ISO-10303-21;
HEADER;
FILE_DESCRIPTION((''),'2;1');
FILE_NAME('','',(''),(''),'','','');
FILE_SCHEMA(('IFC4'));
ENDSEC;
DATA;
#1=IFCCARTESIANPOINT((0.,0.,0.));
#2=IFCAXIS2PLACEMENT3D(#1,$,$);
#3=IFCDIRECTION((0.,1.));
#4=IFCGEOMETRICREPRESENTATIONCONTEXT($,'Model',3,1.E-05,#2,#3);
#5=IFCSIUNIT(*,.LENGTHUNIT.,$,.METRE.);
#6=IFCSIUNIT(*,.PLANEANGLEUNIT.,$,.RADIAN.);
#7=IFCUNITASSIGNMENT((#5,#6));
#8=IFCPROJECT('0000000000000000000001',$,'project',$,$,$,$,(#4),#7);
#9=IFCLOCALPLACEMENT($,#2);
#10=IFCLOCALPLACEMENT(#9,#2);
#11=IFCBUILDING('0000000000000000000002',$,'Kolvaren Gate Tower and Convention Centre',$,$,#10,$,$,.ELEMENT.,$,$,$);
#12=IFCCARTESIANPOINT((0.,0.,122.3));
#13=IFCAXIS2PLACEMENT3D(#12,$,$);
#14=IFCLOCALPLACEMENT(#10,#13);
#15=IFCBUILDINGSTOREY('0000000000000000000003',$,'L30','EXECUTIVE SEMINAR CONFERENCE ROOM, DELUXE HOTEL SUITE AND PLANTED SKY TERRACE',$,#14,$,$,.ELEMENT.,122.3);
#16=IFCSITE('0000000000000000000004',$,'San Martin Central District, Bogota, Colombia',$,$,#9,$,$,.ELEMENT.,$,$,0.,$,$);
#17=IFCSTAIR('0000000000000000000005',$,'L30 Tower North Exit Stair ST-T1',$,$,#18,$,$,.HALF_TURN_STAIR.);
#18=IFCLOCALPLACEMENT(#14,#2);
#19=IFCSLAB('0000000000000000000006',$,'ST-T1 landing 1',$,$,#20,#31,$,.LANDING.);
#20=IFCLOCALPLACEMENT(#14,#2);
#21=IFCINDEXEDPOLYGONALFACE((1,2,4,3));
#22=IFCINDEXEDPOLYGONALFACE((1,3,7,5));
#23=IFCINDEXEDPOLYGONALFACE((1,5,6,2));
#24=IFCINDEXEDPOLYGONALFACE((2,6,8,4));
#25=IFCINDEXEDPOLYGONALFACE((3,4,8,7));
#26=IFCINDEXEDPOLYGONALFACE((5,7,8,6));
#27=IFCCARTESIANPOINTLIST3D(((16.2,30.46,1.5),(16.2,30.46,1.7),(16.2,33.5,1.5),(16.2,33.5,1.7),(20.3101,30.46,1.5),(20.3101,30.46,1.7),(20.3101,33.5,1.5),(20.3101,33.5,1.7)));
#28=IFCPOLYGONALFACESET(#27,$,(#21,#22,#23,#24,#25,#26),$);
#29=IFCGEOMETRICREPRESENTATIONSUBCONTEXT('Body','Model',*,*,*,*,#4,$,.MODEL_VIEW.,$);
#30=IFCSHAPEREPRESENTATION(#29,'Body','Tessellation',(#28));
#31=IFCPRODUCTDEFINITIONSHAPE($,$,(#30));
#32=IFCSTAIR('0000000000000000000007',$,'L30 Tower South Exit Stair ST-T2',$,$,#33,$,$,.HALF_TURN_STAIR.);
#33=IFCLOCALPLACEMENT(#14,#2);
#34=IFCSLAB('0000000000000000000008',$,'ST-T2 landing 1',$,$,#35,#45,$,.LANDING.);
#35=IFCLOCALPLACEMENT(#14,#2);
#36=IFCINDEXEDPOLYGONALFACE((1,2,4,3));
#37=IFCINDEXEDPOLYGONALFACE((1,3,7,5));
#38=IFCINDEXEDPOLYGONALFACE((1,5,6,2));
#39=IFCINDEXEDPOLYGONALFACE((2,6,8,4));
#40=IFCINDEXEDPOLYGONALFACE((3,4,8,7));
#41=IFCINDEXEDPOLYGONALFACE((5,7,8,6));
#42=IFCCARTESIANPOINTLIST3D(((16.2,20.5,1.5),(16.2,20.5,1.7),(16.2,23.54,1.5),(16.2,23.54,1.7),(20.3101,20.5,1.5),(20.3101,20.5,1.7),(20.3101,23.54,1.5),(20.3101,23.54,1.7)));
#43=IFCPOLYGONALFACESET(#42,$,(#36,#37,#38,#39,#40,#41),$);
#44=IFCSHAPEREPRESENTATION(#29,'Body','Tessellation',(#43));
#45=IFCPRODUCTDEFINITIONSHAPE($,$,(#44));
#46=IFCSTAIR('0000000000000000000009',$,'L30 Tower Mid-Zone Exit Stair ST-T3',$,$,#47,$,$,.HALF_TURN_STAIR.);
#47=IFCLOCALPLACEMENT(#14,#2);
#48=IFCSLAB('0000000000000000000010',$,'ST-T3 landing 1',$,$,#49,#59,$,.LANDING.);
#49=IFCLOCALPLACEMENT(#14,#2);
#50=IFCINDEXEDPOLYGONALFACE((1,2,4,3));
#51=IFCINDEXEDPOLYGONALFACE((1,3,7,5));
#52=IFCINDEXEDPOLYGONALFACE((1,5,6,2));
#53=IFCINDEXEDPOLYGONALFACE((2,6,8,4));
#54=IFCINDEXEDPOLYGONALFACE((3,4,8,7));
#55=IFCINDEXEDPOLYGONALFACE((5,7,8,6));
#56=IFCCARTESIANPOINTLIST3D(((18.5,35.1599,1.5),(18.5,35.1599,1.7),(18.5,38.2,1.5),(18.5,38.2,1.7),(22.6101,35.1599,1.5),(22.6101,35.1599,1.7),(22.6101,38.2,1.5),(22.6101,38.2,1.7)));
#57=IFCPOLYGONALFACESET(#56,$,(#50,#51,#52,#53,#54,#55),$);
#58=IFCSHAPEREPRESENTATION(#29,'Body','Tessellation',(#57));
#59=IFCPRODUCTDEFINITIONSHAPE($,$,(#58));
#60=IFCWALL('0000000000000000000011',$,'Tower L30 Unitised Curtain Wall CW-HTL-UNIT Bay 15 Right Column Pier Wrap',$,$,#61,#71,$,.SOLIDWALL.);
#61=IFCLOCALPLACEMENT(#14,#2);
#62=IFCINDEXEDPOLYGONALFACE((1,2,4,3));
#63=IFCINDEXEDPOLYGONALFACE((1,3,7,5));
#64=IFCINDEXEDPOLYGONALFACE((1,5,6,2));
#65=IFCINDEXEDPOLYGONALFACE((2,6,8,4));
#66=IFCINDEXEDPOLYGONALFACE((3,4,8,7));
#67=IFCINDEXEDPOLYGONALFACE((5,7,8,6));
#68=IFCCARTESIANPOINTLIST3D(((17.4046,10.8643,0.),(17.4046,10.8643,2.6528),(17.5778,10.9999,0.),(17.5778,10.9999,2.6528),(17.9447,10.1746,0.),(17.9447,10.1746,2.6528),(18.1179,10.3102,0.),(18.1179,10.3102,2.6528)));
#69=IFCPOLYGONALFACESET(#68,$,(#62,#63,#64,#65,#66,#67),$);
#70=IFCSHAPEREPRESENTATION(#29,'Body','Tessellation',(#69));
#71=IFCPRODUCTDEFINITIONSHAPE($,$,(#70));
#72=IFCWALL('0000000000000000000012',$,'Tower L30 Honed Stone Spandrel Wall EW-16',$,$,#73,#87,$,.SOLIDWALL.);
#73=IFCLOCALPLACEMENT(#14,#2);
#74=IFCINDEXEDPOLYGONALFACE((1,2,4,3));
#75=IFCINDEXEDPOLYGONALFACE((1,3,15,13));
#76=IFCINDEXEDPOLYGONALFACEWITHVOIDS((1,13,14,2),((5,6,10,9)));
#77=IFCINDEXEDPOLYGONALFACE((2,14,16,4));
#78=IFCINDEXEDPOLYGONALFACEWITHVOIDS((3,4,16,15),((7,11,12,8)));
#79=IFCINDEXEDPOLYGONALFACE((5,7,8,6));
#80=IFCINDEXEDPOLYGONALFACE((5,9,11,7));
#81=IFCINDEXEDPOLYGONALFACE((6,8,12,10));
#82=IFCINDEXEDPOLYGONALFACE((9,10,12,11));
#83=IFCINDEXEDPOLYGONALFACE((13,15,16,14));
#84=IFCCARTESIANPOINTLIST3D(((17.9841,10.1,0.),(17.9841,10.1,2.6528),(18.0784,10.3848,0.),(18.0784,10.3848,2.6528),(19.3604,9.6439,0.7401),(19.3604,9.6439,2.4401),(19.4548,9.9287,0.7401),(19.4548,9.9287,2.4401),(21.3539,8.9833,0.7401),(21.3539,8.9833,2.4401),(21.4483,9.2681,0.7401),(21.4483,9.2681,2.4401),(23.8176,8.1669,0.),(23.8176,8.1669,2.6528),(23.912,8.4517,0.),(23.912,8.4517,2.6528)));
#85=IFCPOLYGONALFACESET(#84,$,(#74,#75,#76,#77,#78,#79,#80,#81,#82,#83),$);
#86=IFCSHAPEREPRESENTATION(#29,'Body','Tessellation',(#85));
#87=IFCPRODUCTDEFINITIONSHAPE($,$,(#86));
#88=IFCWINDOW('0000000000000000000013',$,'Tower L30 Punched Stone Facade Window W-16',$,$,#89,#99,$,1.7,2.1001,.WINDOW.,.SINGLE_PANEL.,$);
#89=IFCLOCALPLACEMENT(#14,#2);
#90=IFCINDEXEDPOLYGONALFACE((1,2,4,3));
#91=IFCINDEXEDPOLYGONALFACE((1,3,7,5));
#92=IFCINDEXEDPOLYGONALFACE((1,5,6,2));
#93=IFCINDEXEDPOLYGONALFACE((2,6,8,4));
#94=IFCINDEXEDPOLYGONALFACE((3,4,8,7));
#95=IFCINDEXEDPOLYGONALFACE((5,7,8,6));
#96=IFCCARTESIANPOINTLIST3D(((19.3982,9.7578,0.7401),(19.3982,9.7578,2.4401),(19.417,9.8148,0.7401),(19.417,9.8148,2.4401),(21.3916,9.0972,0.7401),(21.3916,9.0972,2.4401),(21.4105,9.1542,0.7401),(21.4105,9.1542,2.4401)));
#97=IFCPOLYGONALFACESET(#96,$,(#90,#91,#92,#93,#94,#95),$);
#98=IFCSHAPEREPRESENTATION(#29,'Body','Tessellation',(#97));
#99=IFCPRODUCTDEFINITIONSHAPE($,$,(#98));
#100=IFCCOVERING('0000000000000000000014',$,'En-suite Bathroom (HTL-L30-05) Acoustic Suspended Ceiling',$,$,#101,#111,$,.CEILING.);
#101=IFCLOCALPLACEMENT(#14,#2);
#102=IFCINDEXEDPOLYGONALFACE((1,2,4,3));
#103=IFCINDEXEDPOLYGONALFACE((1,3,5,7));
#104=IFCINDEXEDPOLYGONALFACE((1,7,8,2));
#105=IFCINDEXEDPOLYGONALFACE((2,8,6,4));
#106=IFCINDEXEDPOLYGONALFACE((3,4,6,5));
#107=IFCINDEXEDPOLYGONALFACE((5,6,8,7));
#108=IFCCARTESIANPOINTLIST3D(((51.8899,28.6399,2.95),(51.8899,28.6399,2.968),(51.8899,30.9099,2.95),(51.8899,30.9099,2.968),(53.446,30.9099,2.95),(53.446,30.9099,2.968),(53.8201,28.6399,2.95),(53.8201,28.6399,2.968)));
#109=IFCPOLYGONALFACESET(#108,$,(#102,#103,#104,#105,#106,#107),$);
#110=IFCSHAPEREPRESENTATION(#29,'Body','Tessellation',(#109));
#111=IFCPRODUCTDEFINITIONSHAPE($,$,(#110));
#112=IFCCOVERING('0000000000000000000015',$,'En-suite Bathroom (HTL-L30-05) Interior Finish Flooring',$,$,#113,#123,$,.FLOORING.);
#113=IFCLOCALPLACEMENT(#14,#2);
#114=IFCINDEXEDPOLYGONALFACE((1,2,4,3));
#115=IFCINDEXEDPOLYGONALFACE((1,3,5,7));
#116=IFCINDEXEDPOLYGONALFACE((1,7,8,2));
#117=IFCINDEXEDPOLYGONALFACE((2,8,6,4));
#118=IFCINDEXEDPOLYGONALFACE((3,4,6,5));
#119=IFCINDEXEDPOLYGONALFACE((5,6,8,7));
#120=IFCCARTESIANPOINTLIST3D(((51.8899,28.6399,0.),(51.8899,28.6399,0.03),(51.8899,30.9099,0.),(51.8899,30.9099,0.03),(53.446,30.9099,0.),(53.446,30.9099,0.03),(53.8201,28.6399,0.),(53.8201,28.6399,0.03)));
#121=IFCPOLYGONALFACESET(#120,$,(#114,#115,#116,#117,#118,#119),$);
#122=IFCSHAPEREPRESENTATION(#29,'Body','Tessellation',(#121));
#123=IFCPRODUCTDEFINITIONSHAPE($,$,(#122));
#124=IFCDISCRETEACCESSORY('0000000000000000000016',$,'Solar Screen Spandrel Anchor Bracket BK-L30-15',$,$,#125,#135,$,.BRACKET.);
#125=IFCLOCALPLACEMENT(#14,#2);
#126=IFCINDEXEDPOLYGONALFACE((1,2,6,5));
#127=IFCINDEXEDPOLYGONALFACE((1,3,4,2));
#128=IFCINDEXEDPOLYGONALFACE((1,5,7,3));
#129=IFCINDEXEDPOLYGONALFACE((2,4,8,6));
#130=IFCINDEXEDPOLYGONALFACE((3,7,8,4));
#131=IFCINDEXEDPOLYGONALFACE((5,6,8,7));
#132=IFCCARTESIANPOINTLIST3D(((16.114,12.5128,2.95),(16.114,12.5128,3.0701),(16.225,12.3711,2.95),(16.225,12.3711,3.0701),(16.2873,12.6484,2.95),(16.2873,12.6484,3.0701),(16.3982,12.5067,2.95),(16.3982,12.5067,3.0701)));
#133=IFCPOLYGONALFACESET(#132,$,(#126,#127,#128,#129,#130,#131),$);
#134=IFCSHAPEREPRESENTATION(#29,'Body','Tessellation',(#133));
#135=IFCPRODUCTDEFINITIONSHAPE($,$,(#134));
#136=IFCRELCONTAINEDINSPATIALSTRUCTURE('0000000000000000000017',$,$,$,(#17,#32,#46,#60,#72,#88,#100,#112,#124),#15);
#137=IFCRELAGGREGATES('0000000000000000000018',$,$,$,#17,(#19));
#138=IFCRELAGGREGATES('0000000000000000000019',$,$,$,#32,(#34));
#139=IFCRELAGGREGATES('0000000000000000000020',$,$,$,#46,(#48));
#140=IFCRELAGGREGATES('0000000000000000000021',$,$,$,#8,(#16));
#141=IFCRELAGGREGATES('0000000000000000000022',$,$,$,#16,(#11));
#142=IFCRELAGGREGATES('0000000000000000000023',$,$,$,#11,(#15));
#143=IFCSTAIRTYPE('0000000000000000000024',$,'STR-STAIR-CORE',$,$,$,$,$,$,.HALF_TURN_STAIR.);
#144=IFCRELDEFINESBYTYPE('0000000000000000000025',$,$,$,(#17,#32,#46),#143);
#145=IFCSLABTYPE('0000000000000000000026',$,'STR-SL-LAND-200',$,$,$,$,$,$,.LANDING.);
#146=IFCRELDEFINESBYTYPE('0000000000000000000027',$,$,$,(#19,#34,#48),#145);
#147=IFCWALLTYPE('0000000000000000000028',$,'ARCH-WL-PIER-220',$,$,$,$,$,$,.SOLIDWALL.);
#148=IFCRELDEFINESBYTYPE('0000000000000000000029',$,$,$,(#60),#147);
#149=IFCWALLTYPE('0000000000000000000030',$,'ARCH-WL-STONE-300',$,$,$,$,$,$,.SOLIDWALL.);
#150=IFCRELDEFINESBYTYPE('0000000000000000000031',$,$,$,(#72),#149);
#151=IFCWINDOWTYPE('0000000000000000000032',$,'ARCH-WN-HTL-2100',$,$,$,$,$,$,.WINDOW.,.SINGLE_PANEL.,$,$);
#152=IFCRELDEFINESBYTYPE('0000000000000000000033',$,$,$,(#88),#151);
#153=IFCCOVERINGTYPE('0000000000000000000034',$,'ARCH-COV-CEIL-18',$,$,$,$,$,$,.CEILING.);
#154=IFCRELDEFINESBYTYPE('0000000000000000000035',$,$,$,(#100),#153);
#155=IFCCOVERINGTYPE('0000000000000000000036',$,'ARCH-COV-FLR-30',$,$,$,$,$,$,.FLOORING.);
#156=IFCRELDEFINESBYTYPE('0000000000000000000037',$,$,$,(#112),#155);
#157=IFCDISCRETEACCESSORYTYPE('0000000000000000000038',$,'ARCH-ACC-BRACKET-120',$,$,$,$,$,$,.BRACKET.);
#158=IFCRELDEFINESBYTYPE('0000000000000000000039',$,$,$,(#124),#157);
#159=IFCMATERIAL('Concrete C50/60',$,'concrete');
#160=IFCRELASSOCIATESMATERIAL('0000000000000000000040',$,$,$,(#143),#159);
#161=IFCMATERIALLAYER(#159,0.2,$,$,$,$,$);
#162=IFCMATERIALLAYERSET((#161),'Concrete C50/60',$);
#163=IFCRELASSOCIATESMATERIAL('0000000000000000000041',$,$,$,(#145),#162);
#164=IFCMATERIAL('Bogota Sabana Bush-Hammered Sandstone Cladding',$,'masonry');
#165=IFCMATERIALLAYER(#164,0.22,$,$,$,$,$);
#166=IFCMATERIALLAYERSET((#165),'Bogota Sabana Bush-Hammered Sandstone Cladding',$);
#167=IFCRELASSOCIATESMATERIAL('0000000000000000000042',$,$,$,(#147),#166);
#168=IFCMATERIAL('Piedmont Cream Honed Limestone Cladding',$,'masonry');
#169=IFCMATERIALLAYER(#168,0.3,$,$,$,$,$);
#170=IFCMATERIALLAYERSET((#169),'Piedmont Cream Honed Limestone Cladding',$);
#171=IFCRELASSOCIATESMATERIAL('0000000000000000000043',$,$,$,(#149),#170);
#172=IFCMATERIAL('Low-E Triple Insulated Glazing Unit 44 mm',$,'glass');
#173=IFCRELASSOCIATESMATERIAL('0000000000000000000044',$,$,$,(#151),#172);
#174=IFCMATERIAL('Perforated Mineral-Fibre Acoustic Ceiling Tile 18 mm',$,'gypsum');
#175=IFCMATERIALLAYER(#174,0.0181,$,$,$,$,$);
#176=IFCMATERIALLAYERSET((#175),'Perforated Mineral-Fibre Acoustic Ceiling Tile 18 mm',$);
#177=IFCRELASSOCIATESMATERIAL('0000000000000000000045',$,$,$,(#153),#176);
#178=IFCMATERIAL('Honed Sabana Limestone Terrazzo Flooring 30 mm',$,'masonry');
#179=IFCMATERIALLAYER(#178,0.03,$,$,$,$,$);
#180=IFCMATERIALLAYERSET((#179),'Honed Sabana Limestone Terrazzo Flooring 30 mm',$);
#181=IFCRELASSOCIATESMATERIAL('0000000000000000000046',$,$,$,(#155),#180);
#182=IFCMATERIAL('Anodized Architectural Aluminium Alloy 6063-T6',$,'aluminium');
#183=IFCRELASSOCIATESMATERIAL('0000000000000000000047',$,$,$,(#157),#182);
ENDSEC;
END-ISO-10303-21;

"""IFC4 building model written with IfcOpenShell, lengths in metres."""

from ifc_helpers import new_model, si_unit, direction, frame, frame_2d, origin, origin_2d, place, context, subcontext, project, spatial, polyline, rectangle, outline, extrude, material, layer, layer_set, type_object, element, fill, aggregate, save


model = new_model("IFC4")

# Units and contexts
model_context = context("Model", 3, precision=1e-05, world=origin(), true_north=direction((0.0, 1.0)))
body_context = subcontext(model_context, "Body", "Model", "MODEL_VIEW")
ifc_project = project(units=[si_unit("LENGTHUNIT", "METRE"), si_unit("PLANEANGLEUNIT", "RADIAN")], contexts=[model_context])

# Site, building, storey
site_placement = place(None, origin())
site = spatial("IfcSite", under=ifc_project, at=site_placement, Name="San Martin Central District, Bogota, Colombia", CompositionType="ELEMENT", RefElevation=0.0)
building_placement = place(site_placement, origin())
building = spatial("IfcBuilding", under=site, at=building_placement, Name="Kolvaren Gate Tower and Convention Centre", CompositionType="ELEMENT")
storey_placement = place(building_placement, frame((0.0, 0.0, 122.3)))
storey = spatial("IfcBuildingStorey", under=building, at=storey_placement, Name="L30", Description="EXECUTIVE SEMINAR CONFERENCE ROOM, DELUXE HOTEL SUITE AND PLANTED SKY TERRACE", CompositionType="ELEMENT", Elevation=122.3)

# Shared definitions
ifc_material_1 = material(Name="Anodized Architectural Aluminium Alloy 6063-T6", Category="aluminium")

# Shared definitions
ifc_material_2 = material(Name="Low-E Triple Insulated Glazing Unit 44 mm", Category="glass")

# Shared definitions
ifc_material_3 = material(Name="Concrete C50/60", Category="concrete")

# Stairs, slabs
stair_type = type_object("IfcStairType", Name="STR-STAIR-CORE", PredefinedType="HALF_TURN_STAIR", material=ifc_material_3)
stair_1_placement = place(storey_placement, origin())
stair_1 = element("IfcStair", 1, at=stair_1_placement, inside=storey, type_object=stair_type, Name="L30 Tower North Exit Stair ST-T1", PredefinedType="HALF_TURN_STAIR")
ifc_layer_1 = layer(ifc_material_3, 0.2)
ifc_layer_set_1 = layer_set([ifc_layer_1], Name="Concrete C50/60")
slab_type_1 = type_object("IfcSlabType", Name="STR-SL-LAND-200", PredefinedType="LANDING", material=ifc_layer_set_1)
slab_1_placement = place(storey_placement, frame((0.0, 0.0, 1.5)))
slab_1 = element("IfcSlab", 2, at=slab_1_placement, type_object=slab_type_1, Name="ST-T1 landing 1", PredefinedType="LANDING", context=body_context, shape_type="SweptSolid", body=[
    extrude(outline(polyline([(20.3101, 33.5), (16.2, 33.5), (16.2, 30.46), (20.3101, 30.46), (20.3101, 33.5)])), origin(), (0.0, 0.0, 1.0), 0.2),
])
aggregate(stair_1, [slab_1])
stair_2_placement = place(storey_placement, origin())
stair_2 = element("IfcStair", 3, at=stair_2_placement, inside=storey, type_object=stair_type, Name="L30 Tower South Exit Stair ST-T2", PredefinedType="HALF_TURN_STAIR")
slab_2_placement = place(storey_placement, frame((0.0, 0.0, 1.5)))
slab_2 = element("IfcSlab", 4, at=slab_2_placement, type_object=slab_type_1, Name="ST-T2 landing 1", PredefinedType="LANDING", context=body_context, shape_type="SweptSolid", body=[
    extrude(outline(polyline([(20.3101, 23.54), (16.2, 23.54), (16.2, 20.5), (20.3101, 20.5), (20.3101, 23.54)])), origin(), (0.0, 0.0, 1.0), 0.2),
])
aggregate(stair_2, [slab_2])
stair_3_placement = place(storey_placement, origin())
stair_3 = element("IfcStair", 5, at=stair_3_placement, inside=storey, type_object=stair_type, Name="L30 Tower Mid-Zone Exit Stair ST-T3", PredefinedType="HALF_TURN_STAIR")
slab_3_placement = place(storey_placement, frame((0.0, 0.0, 1.5)))
slab_3 = element("IfcSlab", 6, at=slab_3_placement, type_object=slab_type_1, Name="ST-T3 landing 1", PredefinedType="LANDING", context=body_context, shape_type="SweptSolid", body=[
    extrude(outline(polyline([(22.6101, 38.2), (18.5, 38.2), (18.5, 35.1599), (22.6101, 35.1599), (22.6101, 38.2)])), origin(), (0.0, 0.0, 1.0), 0.2),
])
aggregate(stair_3, [slab_3])

# Wall
ifc_material_4 = material(Name="Bogota Sabana Bush-Hammered Sandstone Cladding", Category="masonry")
ifc_layer_2 = layer(ifc_material_4, 0.22)
ifc_layer_set_2 = layer_set([ifc_layer_2], Name="Bogota Sabana Bush-Hammered Sandstone Cladding")
wall_type_1 = type_object("IfcWallType", Name="ARCH-WL-PIER-220", PredefinedType="SOLIDWALL", material=ifc_layer_set_2)
wall_1_placement = place(storey_placement, frame((17.4912, 10.9321, 0.0), z_axis=(0.0, 0.0, 1.0), x_axis=(0.616504, -0.787352, 0.0)))
element("IfcWall", 7, at=wall_1_placement, inside=storey, type_object=wall_type_1, Name="Tower L30 Unitised Curtain Wall CW-HTL-UNIT Bay 15 Right Column Pier Wrap", PredefinedType="SOLIDWALL", context=body_context, shape_type="SweptSolid", body=[
    extrude(rectangle(XDim=0.876, YDim=0.22, at=frame_2d((0.438, 0.0))), origin(), (0.0, 0.0, 1.0), 2.6528),
])

# Wall, opening, window
ifc_material_5 = material(Name="Piedmont Cream Honed Limestone Cladding", Category="masonry")
ifc_layer_3 = layer(ifc_material_5, 0.3)
ifc_layer_set_3 = layer_set([ifc_layer_3], Name="Piedmont Cream Honed Limestone Cladding")
wall_type_2 = type_object("IfcWallType", Name="ARCH-WL-STONE-300", PredefinedType="SOLIDWALL", material=ifc_layer_set_3)
wall_2_placement = place(storey_placement, frame((18.0312, 10.2424, 0.0), z_axis=(0.0, 0.0, 1.0), x_axis=(0.949238, -0.314559, 0.0)))
wall_2 = element("IfcWall", 8, at=wall_2_placement, inside=storey, type_object=wall_type_2, Name="Tower L30 Honed Stone Spandrel Wall EW-16", PredefinedType="SOLIDWALL", context=body_context, shape_type="SweptSolid", body=[
    extrude(rectangle(XDim=6.1455, YDim=0.3, at=frame_2d((3.0728, 0.0))), origin(), (0.0, 0.0, 1.0), 2.6528),
])
opening_placement = place(wall_2_placement, frame((1.45, 0.0, 0.74)))
opening = element("IfcOpeningElement", 9, at=opening_placement, cuts=wall_2, PredefinedType="OPENING", context=body_context, shape_type="SweptSolid", body=[
    extrude(rectangle(XDim=2.1001, YDim=1.7, at=frame_2d((1.05, 0.8501))), frame((0.0, 0.1599, 0.0), z_axis=(0.0, -1.0, 0.0), x_axis=(1.0, 0.0, 0.0)), (0.0, 0.0, 1.0), 0.3201),
])
window_type = type_object("IfcWindowType", Name="ARCH-WN-HTL-2100", PartitioningType="SINGLE_PANEL", PredefinedType="WINDOW", material=ifc_material_2)
window_placement = place(opening_placement, origin())
window = element("IfcWindow", 10, at=window_placement, inside=storey, type_object=window_type, Name="Tower L30 Punched Stone Facade Window W-16", OverallHeight=1.7, OverallWidth=2.1001, PartitioningType="SINGLE_PANEL", PredefinedType="WINDOW", context=body_context, shape_type="SweptSolid", body=[
    extrude(rectangle(XDim=2.1001, YDim=1.7, at=frame_2d((1.05, 0.8501))), frame((0.0, 0.03, 0.0), z_axis=(0.0, -1.0, 0.0), x_axis=(1.0, 0.0, 0.0)), (0.0, 0.0, 1.0), 0.0601),
])
fill(opening, window)

# Coverings
ifc_material_6 = material(Name="Perforated Mineral-Fibre Acoustic Ceiling Tile 18 mm", Category="gypsum")
ifc_layer_4 = layer(ifc_material_6, 0.0181)
ifc_layer_set_4 = layer_set([ifc_layer_4], Name="Perforated Mineral-Fibre Acoustic Ceiling Tile 18 mm")
covering_type_1 = type_object("IfcCoveringType", Name="ARCH-COV-CEIL-18", PredefinedType="CEILING", material=ifc_layer_set_4)
covering_1_placement = place(storey_placement, frame((0.0, 0.0, 2.95)))
element("IfcCovering", 11, at=covering_1_placement, inside=storey, type_object=covering_type_1, Name="En-suite Bathroom (HTL-L30-05) Acoustic Suspended Ceiling", PredefinedType="CEILING", context=body_context, shape_type="SweptSolid", body=[
    extrude(outline(polyline([(51.8899, 28.6399), (51.8899, 30.9099), (53.446, 30.9099), (53.8201, 28.6399), (51.8899, 28.6399)])), origin(), (0.0, 0.0, 1.0), 0.0181),
])
ifc_material_7 = material(Name="Honed Sabana Limestone Terrazzo Flooring 30 mm", Category="masonry")
ifc_layer_5 = layer(ifc_material_7, 0.03)
ifc_layer_set_5 = layer_set([ifc_layer_5], Name="Honed Sabana Limestone Terrazzo Flooring 30 mm")
covering_type_2 = type_object("IfcCoveringType", Name="ARCH-COV-FLR-30", PredefinedType="FLOORING", material=ifc_layer_set_5)
covering_2_placement = place(storey_placement, origin())
element("IfcCovering", 12, at=covering_2_placement, inside=storey, type_object=covering_type_2, Name="En-suite Bathroom (HTL-L30-05) Interior Finish Flooring", PredefinedType="FLOORING", context=body_context, shape_type="SweptSolid", body=[
    extrude(outline(polyline([(51.8899, 28.6399), (51.8899, 30.9099), (53.446, 30.9099), (53.8201, 28.6399), (51.8899, 28.6399)])), origin(), (0.0, 0.0, 1.0), 0.03),
])

# Discrete accessory
discrete_accessory_type = type_object("IfcDiscreteAccessoryType", Name="ARCH-ACC-BRACKET-120", PredefinedType="BRACKET", material=ifc_material_1)
discrete_accessory_placement = place(storey_placement, frame((16.2561, 12.5098, 2.95), z_axis=(0.0, 0.0, 1.0), x_axis=(0.616424, -0.787414, 0.0)))
element("IfcDiscreteAccessory", 13, at=discrete_accessory_placement, inside=storey, type_object=discrete_accessory_type, Name="Solar Screen Spandrel Anchor Bracket BK-L30-15", PredefinedType="BRACKET", context=body_context, shape_type="SweptSolid", body=[
    extrude(rectangle(XDim=0.1799, YDim=0.22, at=origin_2d()), origin(), (0.0, 0.0, 1.0), 0.1201),
])

save(model, "model.ifc")
